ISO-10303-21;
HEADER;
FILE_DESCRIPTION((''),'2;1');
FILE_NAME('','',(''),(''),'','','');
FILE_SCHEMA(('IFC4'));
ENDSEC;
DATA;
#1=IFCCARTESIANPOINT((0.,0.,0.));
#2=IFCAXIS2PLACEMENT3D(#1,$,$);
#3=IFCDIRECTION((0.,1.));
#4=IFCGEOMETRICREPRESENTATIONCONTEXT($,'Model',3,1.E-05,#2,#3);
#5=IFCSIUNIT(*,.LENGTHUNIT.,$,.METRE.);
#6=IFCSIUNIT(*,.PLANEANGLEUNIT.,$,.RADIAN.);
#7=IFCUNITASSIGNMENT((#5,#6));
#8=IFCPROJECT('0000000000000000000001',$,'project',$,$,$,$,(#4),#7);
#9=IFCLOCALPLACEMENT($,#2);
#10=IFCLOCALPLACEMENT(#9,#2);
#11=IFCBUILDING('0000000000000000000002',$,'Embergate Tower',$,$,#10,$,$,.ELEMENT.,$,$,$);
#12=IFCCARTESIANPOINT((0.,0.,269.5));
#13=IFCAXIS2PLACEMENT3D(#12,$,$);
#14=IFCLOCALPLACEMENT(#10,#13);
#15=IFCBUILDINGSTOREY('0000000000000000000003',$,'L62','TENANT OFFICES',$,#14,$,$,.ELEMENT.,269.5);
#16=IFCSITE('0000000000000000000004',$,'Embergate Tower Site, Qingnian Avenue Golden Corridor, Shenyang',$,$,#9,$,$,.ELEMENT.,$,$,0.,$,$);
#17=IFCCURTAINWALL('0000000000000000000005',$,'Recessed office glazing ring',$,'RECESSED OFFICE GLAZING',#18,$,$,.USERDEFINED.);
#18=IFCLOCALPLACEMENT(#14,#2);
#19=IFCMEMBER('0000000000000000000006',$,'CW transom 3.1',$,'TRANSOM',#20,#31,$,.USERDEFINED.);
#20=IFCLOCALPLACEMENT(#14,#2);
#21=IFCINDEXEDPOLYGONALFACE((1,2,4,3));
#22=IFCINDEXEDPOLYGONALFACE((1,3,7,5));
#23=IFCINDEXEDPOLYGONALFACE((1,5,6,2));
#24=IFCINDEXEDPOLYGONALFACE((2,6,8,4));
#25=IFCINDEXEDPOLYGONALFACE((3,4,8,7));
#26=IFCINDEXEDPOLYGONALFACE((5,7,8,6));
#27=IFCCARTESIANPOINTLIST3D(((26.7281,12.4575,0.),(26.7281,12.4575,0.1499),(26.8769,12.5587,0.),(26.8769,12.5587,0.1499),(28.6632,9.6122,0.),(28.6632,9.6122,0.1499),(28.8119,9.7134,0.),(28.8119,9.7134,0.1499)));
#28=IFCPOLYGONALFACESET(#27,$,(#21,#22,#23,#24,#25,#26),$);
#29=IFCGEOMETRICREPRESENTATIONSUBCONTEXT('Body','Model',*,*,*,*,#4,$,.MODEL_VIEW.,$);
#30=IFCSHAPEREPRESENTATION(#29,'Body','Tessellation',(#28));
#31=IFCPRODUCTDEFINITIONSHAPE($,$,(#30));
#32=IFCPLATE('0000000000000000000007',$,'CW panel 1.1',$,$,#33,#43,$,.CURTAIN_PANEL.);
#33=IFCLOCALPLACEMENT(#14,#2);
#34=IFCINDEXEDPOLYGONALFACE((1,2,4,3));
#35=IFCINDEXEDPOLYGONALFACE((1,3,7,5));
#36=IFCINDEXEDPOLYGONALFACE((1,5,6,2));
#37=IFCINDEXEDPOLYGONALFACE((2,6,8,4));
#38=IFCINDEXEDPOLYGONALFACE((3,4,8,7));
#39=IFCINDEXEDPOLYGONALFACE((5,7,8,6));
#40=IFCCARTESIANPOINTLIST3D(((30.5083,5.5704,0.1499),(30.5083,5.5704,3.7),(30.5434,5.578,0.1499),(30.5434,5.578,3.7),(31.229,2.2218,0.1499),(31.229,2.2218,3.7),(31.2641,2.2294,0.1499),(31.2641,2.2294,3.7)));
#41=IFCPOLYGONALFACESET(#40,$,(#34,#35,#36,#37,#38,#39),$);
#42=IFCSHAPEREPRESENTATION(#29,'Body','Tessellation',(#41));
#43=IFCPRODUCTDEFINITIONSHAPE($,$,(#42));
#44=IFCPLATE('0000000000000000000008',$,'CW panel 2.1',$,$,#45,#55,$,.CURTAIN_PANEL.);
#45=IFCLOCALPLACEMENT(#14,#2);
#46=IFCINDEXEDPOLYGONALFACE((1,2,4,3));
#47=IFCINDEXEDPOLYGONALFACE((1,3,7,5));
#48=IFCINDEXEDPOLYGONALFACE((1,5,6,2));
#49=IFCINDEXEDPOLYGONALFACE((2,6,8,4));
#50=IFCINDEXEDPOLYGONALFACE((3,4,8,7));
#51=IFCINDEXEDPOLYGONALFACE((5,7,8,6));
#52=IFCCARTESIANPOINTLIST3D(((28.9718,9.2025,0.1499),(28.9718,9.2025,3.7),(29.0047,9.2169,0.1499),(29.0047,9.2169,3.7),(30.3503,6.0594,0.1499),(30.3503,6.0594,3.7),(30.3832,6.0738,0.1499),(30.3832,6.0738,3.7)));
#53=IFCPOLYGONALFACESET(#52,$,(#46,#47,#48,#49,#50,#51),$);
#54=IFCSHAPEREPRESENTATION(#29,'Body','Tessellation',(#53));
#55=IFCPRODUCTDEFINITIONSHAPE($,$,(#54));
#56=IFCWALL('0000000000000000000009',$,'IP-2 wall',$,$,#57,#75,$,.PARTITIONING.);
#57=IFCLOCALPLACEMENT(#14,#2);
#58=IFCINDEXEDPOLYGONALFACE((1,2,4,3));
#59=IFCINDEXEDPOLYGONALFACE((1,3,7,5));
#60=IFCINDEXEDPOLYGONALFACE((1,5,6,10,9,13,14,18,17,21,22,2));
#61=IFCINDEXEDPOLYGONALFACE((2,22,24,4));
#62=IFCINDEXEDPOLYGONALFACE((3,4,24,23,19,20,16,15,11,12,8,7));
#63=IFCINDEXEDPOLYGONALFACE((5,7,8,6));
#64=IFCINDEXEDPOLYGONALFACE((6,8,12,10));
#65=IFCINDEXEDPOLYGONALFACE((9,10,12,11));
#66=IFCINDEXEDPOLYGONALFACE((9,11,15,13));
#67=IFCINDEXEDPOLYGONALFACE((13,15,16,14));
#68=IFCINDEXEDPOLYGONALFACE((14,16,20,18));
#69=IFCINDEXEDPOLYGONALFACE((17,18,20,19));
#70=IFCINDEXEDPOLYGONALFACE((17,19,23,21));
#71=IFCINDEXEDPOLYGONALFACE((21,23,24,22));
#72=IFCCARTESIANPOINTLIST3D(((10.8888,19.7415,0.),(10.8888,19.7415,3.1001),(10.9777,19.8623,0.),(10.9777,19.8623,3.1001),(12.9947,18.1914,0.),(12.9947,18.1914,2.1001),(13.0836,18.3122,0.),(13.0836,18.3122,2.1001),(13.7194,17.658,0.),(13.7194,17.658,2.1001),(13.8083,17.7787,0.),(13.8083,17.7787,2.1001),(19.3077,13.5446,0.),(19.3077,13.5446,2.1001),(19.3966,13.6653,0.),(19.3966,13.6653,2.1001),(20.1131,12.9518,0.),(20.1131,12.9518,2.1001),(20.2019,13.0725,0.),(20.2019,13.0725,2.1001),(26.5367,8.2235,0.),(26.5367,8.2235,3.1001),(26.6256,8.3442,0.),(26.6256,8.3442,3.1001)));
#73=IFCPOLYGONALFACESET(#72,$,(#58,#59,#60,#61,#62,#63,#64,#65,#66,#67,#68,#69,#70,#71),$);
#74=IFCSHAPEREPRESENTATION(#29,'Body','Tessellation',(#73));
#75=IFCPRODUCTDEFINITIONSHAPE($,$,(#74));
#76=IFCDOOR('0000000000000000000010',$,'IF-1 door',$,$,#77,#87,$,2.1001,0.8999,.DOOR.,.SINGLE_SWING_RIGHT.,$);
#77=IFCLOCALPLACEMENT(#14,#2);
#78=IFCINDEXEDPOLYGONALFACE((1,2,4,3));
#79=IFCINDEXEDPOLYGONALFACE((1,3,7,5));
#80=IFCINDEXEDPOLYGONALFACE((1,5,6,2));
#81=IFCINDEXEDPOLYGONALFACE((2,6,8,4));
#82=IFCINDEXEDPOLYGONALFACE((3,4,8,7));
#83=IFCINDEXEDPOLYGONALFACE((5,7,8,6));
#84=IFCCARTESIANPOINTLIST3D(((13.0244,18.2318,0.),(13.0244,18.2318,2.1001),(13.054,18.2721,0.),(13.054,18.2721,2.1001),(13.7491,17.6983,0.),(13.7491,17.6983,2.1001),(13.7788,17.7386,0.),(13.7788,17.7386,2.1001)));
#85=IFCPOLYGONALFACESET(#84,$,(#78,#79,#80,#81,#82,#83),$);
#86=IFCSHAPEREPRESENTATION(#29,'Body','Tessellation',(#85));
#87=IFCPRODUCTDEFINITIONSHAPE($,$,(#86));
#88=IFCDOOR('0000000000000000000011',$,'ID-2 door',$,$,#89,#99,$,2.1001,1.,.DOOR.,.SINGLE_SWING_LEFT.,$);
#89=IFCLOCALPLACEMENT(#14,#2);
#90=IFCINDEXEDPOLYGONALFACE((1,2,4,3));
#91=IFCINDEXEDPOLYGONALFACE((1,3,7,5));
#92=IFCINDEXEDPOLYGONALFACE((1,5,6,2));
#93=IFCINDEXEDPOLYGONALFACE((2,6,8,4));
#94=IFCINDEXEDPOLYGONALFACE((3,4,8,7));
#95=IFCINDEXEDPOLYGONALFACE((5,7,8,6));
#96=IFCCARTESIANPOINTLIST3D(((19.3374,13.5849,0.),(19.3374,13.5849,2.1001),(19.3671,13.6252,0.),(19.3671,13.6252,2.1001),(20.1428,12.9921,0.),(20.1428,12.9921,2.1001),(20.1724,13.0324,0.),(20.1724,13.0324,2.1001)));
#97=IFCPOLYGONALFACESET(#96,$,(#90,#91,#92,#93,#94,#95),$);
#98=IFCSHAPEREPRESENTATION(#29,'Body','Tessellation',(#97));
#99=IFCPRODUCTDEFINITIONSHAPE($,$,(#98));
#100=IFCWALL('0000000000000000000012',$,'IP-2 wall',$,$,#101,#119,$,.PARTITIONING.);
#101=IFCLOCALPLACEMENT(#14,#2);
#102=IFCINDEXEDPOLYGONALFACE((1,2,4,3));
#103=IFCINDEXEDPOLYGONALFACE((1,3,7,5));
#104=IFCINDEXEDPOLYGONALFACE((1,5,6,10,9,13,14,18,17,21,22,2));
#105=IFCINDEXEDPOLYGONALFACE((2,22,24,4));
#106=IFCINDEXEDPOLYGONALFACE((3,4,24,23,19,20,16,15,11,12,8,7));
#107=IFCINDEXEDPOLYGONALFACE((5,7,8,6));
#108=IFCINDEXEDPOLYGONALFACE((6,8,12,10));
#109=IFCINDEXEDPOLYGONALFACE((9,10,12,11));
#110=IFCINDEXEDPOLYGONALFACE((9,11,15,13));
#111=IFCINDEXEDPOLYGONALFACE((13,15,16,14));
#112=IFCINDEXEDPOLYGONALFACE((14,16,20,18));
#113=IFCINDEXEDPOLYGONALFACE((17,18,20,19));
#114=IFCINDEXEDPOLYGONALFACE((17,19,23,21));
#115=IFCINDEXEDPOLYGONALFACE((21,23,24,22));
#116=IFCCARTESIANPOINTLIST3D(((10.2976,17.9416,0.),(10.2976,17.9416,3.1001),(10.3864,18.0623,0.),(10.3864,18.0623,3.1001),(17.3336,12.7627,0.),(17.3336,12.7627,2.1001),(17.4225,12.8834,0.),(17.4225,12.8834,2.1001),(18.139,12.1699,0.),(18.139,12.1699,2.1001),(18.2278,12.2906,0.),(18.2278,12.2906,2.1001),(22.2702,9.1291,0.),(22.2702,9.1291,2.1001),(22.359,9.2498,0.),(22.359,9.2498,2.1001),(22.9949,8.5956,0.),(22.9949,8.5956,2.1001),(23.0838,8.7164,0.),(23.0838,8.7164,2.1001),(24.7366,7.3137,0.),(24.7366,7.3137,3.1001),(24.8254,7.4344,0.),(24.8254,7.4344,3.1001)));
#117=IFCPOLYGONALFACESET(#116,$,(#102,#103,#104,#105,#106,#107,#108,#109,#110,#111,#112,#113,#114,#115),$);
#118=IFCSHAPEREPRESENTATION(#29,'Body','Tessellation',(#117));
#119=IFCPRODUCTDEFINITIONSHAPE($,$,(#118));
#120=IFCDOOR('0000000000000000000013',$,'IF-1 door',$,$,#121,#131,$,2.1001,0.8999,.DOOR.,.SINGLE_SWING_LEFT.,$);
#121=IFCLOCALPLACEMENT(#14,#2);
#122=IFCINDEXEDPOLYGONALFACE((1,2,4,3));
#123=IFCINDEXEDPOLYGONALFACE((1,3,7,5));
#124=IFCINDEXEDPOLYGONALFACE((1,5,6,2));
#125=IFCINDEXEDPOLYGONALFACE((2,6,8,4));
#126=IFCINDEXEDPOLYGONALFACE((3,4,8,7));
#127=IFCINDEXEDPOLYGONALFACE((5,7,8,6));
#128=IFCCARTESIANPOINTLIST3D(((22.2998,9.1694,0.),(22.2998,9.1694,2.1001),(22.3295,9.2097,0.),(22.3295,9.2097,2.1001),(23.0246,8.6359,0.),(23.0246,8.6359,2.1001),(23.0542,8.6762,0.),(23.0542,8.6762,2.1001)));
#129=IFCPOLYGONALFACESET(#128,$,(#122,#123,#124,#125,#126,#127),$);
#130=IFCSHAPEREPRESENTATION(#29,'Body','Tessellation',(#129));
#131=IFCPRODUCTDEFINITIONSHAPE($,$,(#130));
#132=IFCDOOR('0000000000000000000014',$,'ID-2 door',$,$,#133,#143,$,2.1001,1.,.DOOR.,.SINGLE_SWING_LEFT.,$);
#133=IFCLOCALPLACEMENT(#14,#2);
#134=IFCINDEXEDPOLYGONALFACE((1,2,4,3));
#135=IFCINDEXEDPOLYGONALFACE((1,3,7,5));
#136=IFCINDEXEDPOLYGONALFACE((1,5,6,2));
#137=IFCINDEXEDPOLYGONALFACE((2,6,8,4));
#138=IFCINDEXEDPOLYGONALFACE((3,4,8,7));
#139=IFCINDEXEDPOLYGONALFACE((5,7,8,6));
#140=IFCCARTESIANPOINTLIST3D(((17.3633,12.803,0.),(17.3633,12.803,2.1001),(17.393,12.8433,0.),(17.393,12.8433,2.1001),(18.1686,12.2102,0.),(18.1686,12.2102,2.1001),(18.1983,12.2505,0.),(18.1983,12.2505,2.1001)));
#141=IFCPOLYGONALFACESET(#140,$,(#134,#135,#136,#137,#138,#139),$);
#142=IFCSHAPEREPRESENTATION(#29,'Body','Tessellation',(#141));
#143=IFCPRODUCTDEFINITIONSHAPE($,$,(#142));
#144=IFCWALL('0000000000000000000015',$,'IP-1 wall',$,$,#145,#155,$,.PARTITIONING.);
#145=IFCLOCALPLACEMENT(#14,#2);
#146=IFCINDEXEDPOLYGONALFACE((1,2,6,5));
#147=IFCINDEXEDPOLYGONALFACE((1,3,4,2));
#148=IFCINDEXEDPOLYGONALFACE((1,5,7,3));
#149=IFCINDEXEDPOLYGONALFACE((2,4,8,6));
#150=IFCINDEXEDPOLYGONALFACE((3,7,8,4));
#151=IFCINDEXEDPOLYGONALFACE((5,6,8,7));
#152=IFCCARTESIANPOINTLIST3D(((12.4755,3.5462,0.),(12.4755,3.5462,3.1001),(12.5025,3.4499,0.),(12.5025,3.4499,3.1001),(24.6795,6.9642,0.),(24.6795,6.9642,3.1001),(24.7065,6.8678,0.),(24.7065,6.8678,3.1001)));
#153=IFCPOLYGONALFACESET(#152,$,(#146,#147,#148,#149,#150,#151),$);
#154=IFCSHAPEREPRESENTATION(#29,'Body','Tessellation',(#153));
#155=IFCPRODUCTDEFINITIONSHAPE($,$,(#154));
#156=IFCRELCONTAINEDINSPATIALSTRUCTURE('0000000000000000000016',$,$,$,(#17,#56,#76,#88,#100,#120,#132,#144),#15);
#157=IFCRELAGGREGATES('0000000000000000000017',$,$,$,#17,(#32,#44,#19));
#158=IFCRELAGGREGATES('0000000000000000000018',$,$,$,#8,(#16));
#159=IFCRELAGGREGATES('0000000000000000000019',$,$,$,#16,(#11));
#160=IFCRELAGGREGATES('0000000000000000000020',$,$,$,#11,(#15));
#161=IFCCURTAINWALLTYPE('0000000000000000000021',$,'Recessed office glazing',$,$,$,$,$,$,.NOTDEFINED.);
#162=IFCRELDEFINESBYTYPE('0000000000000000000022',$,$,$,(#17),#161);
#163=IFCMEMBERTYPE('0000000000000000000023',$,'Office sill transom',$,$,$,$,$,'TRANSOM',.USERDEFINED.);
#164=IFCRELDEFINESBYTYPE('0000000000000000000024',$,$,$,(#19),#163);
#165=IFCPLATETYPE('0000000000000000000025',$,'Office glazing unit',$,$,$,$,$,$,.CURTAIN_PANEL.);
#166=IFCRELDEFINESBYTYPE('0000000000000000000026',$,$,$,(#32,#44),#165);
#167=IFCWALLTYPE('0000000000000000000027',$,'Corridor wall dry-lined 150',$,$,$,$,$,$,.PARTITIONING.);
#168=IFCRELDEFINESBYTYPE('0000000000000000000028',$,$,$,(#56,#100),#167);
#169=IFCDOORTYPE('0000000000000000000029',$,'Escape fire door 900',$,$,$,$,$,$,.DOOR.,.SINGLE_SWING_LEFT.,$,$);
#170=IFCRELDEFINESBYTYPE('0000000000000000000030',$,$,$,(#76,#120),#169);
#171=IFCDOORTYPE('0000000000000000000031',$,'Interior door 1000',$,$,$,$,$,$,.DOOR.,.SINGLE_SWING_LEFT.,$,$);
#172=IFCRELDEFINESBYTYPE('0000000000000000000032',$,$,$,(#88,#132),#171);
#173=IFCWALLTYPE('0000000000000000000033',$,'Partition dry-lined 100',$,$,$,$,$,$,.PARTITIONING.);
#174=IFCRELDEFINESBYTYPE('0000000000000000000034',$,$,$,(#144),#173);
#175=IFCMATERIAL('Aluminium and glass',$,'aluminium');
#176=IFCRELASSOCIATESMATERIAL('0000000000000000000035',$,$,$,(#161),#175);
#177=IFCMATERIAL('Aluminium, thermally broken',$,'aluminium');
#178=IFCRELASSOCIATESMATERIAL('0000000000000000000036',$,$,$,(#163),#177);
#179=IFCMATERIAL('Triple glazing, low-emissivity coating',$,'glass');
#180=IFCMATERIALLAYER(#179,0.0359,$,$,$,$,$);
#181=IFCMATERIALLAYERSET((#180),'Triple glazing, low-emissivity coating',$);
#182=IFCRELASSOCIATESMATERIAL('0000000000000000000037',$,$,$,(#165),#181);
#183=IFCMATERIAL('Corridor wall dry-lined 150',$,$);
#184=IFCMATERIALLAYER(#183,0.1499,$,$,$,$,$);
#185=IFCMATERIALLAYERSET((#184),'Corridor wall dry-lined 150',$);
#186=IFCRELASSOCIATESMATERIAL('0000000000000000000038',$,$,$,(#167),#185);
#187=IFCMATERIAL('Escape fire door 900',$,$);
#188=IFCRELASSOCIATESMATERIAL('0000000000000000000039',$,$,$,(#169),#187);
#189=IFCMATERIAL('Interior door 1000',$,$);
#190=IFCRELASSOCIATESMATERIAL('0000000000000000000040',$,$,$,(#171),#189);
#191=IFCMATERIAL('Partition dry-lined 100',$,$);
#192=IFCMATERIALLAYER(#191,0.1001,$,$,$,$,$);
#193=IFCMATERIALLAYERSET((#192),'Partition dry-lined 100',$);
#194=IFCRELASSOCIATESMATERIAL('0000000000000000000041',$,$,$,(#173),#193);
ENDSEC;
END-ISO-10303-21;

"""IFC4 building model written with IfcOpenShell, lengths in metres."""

from ifc_helpers import new_model, si_unit, direction, frame, frame_2d, origin, origin_2d, place, context, subcontext, project, spatial, rectangle, extrude, source, transform, mapped, material, layer, layer_set, material_profile, profile_set, type_object, element, fill, aggregate, save


model = new_model("IFC4")

# Units and contexts
model_context = context("Model", 3, precision=1e-05, world=origin(), true_north=direction((0.0, 1.0)))
body_context = subcontext(model_context, "Body", "Model", "MODEL_VIEW")
ifc_project = project(units=[si_unit("LENGTHUNIT", "METRE"), si_unit("PLANEANGLEUNIT", "RADIAN")], contexts=[model_context])

# Site, building, storey
site_placement = place(None, origin())
site = spatial("IfcSite", under=ifc_project, at=site_placement, Name="Embergate Tower Site, Qingnian Avenue Golden Corridor, Shenyang", CompositionType="ELEMENT", RefElevation=0.0)
building_placement = place(site_placement, origin())
building = spatial("IfcBuilding", under=site, at=building_placement, Name="Embergate Tower", CompositionType="ELEMENT")
storey_placement = place(building_placement, frame((0.0, 0.0, 269.5)))
storey = spatial("IfcBuildingStorey", under=building, at=storey_placement, Name="L62", Description="TENANT OFFICES", CompositionType="ELEMENT", Elevation=269.5)

# Curtain wall, member, plates
ifc_material_1 = material(Name="Aluminium and glass", Category="aluminium")
curtain_wall_type = type_object("IfcCurtainWallType", Name="Recessed office glazing", PredefinedType="NOTDEFINED", material=ifc_material_1)
curtain_wall_placement = place(storey_placement, origin())
curtain_wall = element("IfcCurtainWall", 1, at=curtain_wall_placement, inside=storey, type_object=curtain_wall_type, Name="Recessed office glazing ring", ObjectType="RECESSED OFFICE GLAZING", PredefinedType="USERDEFINED")
ifc_material_2 = material(Name="Aluminium, thermally broken", Category="aluminium")
ifc_material_profile_1 = material_profile(ifc_material_2, rectangle(XDim=0.1799, YDim=0.1499, at=origin_2d()), Name="AL 150x180")
ifc_profile_set_1 = profile_set([ifc_material_profile_1], Name="Aluminium, thermally broken")
member_type_1 = type_object("IfcMemberType", Name="Office sill transom", ElementType="TRANSOM", PredefinedType="USERDEFINED", material=ifc_profile_set_1)
shared_shape_1 = source(origin(), body_context, "Body", "SweptSolid", [
    extrude(rectangle(XDim=0.1799, YDim=0.1499, at=origin_2d()), origin(), (0.0, 0.0, 1.0), 3.4409),
])
member_1_placement = place(storey_placement, frame((28.7375, 9.6628, 0.075), z_axis=(-0.562372, 0.826884, 0.0), x_axis=(-0.826884, -0.562372, 0.0)))
member_1 = element("IfcMember", 2, at=member_1_placement, type_object=member_type_1, Name="CW transom 3.1", ObjectType="TRANSOM", PredefinedType="USERDEFINED", context=body_context, shape_type="MappedRepresentation", body=[
    mapped(shared_shape_1, transform((0.0, 0.0, 0.0))),
])
ifc_material_3 = material(Name="Triple glazing, low-emissivity coating", Category="glass")
ifc_layer_1 = layer(ifc_material_3, 0.0359)
ifc_layer_set_1 = layer_set([ifc_layer_1], Name="Triple glazing, low-emissivity coating")
plate_type = type_object("IfcPlateType", Name="Office glazing unit", PredefinedType="CURTAIN_PANEL", material=ifc_layer_set_1)
shared_shape_2 = source(origin(), body_context, "Body", "SweptSolid", [
    extrude(rectangle(XDim=3.4253, YDim=0.0359, at=origin_2d()), origin(), (0.0, 0.0, 1.0), 3.55),
])
plate_1_placement = place(storey_placement, frame((30.8862, 3.8999, 0.1499), z_axis=(0.0, 0.0, 1.0), x_axis=(-0.210402, 0.977615, 0.0)))
plate_1 = element("IfcPlate", 3, at=plate_1_placement, type_object=plate_type, Name="CW panel 1.1", PredefinedType="CURTAIN_PANEL", context=body_context, shape_type="MappedRepresentation", body=[
    mapped(shared_shape_2, transform((0.0, 0.0, 0.0))),
])
shared_shape_3 = source(origin(), body_context, "Body", "SweptSolid", [
    extrude(rectangle(XDim=3.4321, YDim=0.0359, at=origin_2d()), origin(), (0.0, 0.0, 1.0), 3.55),
])
plate_2_placement = place(storey_placement, frame((29.6775, 7.6382, 0.1499), z_axis=(0.0, 0.0, 1.0), x_axis=(-0.401658, 0.91579, 0.0)))
plate_2 = element("IfcPlate", 4, at=plate_2_placement, type_object=plate_type, Name="CW panel 2.1", PredefinedType="CURTAIN_PANEL", context=body_context, shape_type="MappedRepresentation", body=[
    mapped(shared_shape_3, transform((0.0, 0.0, 0.0))),
])
aggregate(curtain_wall, [plate_1, plate_2, member_1])

# Walls, openings, doors
ifc_material_4 = material(Name="Corridor wall dry-lined 150")
ifc_layer_2 = layer(ifc_material_4, 0.1499)
ifc_layer_set_2 = layer_set([ifc_layer_2], Name="Corridor wall dry-lined 150")
wall_type_1 = type_object("IfcWallType", Name="Corridor wall dry-lined 150", PredefinedType="PARTITIONING", material=ifc_layer_set_2)
shared_shape_4 = source(origin(), body_context, "Body", "SweptSolid", [
    extrude(rectangle(XDim=19.4299, YDim=0.1499, at=frame_2d((9.7148, 0.0))), origin(), (0.0, 0.0, 1.0), 3.1001),
])
wall_1_placement = place(storey_placement, frame((26.5811, 8.2839, 0.0), z_axis=(0.0, 0.0, 1.0), x_axis=(-0.805351, 0.592799, 0.0)))
wall_1 = element("IfcWall", 5, at=wall_1_placement, inside=storey, type_object=wall_type_1, Name="IP-2 wall", PredefinedType="PARTITIONING", context=body_context, shape_type="MappedRepresentation", body=[
    mapped(shared_shape_4, transform((0.0, 0.0, 0.0))),
])
shared_shape_5 = source(origin(), body_context, "Body", "SweptSolid", [
    extrude(rectangle(XDim=1.0, YDim=2.1001, at=frame_2d((0.5, 1.05))), frame((0.0, 0.085, 0.0), z_axis=(0.0, -1.0, 0.0), x_axis=(1.0, 0.0, 0.0)), (0.0, 0.0, 1.0), 0.1699),
])
opening_1_placement = place(wall_1_placement, frame((7.9761, 0.0, 0.0)))
opening_1 = element("IfcOpeningElement", 6, at=opening_1_placement, cuts=wall_1, PredefinedType="OPENING", context=body_context, shape_type="MappedRepresentation", body=[
    mapped(shared_shape_5, transform((0.0, 0.0, 0.0))),
])
shared_shape_6 = source(origin(), body_context, "Body", "SweptSolid", [
    extrude(rectangle(XDim=0.8999, YDim=2.1001, at=frame_2d((0.45, 1.05))), frame((0.0, 0.085, 0.0), z_axis=(0.0, -1.0, 0.0), x_axis=(1.0, 0.0, 0.0)), (0.0, 0.0, 1.0), 0.1699),
])
opening_2_placement = place(wall_1_placement, frame((15.915, 0.0, 0.0)))
opening_2 = element("IfcOpeningElement", 7, at=opening_2_placement, cuts=wall_1, PredefinedType="OPENING", context=body_context, shape_type="MappedRepresentation", body=[
    mapped(shared_shape_6, transform((0.0, 0.0, 0.0))),
])
ifc_material_5 = material(Name="Escape fire door 900")
door_type_1 = type_object("IfcDoorType", Name="Escape fire door 900", OperationType="SINGLE_SWING_LEFT", PredefinedType="DOOR", material=ifc_material_5)
shared_shape_7 = source(origin(), body_context, "Body", "SweptSolid", [
    extrude(rectangle(XDim=0.8999, YDim=2.1001, at=frame_2d((0.45, 1.05))), frame((0.0, 0.0249, 0.0), z_axis=(0.0, -1.0, 0.0), x_axis=(1.0, 0.0, 0.0)), (0.0, 0.0, 1.0), 0.05),
])
door_1_placement = place(opening_2_placement, origin())
door_1 = element("IfcDoor", 8, at=door_1_placement, inside=storey, type_object=door_type_1, Name="IF-1 door", OperationType="SINGLE_SWING_RIGHT", OverallHeight=2.1001, OverallWidth=0.8999, PredefinedType="DOOR", context=body_context, shape_type="MappedRepresentation", body=[
    mapped(shared_shape_7, transform((0.0, 0.0, 0.0))),
])
fill(opening_2, door_1)
ifc_material_6 = material(Name="Interior door 1000")
door_type_2 = type_object("IfcDoorType", Name="Interior door 1000", OperationType="SINGLE_SWING_LEFT", PredefinedType="DOOR", material=ifc_material_6)
shared_shape_8 = source(origin(), body_context, "Body", "SweptSolid", [
    extrude(rectangle(XDim=1.0, YDim=2.1001, at=frame_2d((0.5, 1.05))), frame((0.0, 0.0249, 0.0), z_axis=(0.0, -1.0, 0.0), x_axis=(1.0, 0.0, 0.0)), (0.0, 0.0, 1.0), 0.05),
])
door_2_placement = place(opening_1_placement, origin())
door_2 = element("IfcDoor", 9, at=door_2_placement, inside=storey, type_object=door_type_2, Name="ID-2 door", OperationType="SINGLE_SWING_LEFT", OverallHeight=2.1001, OverallWidth=1.0, PredefinedType="DOOR", context=body_context, shape_type="MappedRepresentation", body=[
    mapped(shared_shape_8, transform((0.0, 0.0, 0.0))),
])
fill(opening_1, door_2)
shared_shape_9 = source(origin(), body_context, "Body", "SweptSolid", [
    extrude(rectangle(XDim=17.9287, YDim=0.1499, at=frame_2d((8.9644, 0.0))), origin(), (0.0, 0.0, 1.0), 3.1001),
])
wall_2_placement = place(storey_placement, frame((24.781, 7.374, 0.0), z_axis=(0.0, 0.0, 1.0), x_axis=(-0.805357, 0.59279, 0.0)))
wall_2 = element("IfcWall", 10, at=wall_2_placement, inside=storey, type_object=wall_type_1, Name="IP-2 wall", PredefinedType="PARTITIONING", context=body_context, shape_type="MappedRepresentation", body=[
    mapped(shared_shape_9, transform((0.0, 0.0, 0.0))),
])
opening_3_placement = place(wall_2_placement, frame((2.1626, 0.0, 0.0)))
opening_3 = element("IfcOpeningElement", 11, at=opening_3_placement, cuts=wall_2, PredefinedType="OPENING", context=body_context, shape_type="MappedRepresentation", body=[
    mapped(shared_shape_6, transform((0.0, 0.0, 0.0))),
])
opening_4_placement = place(wall_2_placement, frame((8.1921, 0.0, 0.0)))
opening_4 = element("IfcOpeningElement", 12, at=opening_4_placement, cuts=wall_2, PredefinedType="OPENING", context=body_context, shape_type="MappedRepresentation", body=[
    mapped(shared_shape_5, transform((0.0, 0.0, 0.0))),
])
door_3_placement = place(opening_3_placement, origin())
door_3 = element("IfcDoor", 13, at=door_3_placement, inside=storey, type_object=door_type_1, Name="IF-1 door", OperationType="SINGLE_SWING_LEFT", OverallHeight=2.1001, OverallWidth=0.8999, PredefinedType="DOOR", context=body_context, shape_type="MappedRepresentation", body=[
    mapped(shared_shape_7, transform((0.0, 0.0, 0.0))),
])
fill(opening_3, door_3)
door_4_placement = place(opening_4_placement, origin())
door_4 = element("IfcDoor", 14, at=door_4_placement, inside=storey, type_object=door_type_2, Name="ID-2 door", OperationType="SINGLE_SWING_LEFT", OverallHeight=2.1001, OverallWidth=1.0, PredefinedType="DOOR", context=body_context, shape_type="MappedRepresentation", body=[
    mapped(shared_shape_8, transform((0.0, 0.0, 0.0))),
])
fill(opening_4, door_4)

# Wall
ifc_material_7 = material(Name="Partition dry-lined 100")
ifc_layer_3 = layer(ifc_material_7, 0.1001)
ifc_layer_set_3 = layer_set([ifc_layer_3], Name="Partition dry-lined 100")
wall_type_2 = type_object("IfcWallType", Name="Partition dry-lined 100", PredefinedType="PARTITIONING", material=ifc_layer_set_3)
shared_shape_10 = source(origin(), body_context, "Body", "SweptSolid", [
    extrude(rectangle(XDim=12.6736, YDim=0.1001, at=frame_2d((6.3369, 0.0))), origin(), (0.0, 0.0, 1.0), 3.1001),
])
wall_3_placement = place(storey_placement, frame((24.6931, 6.916, 0.0), z_axis=(0.0, 0.0, 1.0), x_axis=(-0.962947, -0.26969, 0.0)))
element("IfcWall", 15, at=wall_3_placement, inside=storey, type_object=wall_type_2, Name="IP-1 wall", PredefinedType="PARTITIONING", context=body_context, shape_type="MappedRepresentation", body=[
    mapped(shared_shape_10, transform((0.0, 0.0, 0.0))),
])

save(model, "model.ifc")
